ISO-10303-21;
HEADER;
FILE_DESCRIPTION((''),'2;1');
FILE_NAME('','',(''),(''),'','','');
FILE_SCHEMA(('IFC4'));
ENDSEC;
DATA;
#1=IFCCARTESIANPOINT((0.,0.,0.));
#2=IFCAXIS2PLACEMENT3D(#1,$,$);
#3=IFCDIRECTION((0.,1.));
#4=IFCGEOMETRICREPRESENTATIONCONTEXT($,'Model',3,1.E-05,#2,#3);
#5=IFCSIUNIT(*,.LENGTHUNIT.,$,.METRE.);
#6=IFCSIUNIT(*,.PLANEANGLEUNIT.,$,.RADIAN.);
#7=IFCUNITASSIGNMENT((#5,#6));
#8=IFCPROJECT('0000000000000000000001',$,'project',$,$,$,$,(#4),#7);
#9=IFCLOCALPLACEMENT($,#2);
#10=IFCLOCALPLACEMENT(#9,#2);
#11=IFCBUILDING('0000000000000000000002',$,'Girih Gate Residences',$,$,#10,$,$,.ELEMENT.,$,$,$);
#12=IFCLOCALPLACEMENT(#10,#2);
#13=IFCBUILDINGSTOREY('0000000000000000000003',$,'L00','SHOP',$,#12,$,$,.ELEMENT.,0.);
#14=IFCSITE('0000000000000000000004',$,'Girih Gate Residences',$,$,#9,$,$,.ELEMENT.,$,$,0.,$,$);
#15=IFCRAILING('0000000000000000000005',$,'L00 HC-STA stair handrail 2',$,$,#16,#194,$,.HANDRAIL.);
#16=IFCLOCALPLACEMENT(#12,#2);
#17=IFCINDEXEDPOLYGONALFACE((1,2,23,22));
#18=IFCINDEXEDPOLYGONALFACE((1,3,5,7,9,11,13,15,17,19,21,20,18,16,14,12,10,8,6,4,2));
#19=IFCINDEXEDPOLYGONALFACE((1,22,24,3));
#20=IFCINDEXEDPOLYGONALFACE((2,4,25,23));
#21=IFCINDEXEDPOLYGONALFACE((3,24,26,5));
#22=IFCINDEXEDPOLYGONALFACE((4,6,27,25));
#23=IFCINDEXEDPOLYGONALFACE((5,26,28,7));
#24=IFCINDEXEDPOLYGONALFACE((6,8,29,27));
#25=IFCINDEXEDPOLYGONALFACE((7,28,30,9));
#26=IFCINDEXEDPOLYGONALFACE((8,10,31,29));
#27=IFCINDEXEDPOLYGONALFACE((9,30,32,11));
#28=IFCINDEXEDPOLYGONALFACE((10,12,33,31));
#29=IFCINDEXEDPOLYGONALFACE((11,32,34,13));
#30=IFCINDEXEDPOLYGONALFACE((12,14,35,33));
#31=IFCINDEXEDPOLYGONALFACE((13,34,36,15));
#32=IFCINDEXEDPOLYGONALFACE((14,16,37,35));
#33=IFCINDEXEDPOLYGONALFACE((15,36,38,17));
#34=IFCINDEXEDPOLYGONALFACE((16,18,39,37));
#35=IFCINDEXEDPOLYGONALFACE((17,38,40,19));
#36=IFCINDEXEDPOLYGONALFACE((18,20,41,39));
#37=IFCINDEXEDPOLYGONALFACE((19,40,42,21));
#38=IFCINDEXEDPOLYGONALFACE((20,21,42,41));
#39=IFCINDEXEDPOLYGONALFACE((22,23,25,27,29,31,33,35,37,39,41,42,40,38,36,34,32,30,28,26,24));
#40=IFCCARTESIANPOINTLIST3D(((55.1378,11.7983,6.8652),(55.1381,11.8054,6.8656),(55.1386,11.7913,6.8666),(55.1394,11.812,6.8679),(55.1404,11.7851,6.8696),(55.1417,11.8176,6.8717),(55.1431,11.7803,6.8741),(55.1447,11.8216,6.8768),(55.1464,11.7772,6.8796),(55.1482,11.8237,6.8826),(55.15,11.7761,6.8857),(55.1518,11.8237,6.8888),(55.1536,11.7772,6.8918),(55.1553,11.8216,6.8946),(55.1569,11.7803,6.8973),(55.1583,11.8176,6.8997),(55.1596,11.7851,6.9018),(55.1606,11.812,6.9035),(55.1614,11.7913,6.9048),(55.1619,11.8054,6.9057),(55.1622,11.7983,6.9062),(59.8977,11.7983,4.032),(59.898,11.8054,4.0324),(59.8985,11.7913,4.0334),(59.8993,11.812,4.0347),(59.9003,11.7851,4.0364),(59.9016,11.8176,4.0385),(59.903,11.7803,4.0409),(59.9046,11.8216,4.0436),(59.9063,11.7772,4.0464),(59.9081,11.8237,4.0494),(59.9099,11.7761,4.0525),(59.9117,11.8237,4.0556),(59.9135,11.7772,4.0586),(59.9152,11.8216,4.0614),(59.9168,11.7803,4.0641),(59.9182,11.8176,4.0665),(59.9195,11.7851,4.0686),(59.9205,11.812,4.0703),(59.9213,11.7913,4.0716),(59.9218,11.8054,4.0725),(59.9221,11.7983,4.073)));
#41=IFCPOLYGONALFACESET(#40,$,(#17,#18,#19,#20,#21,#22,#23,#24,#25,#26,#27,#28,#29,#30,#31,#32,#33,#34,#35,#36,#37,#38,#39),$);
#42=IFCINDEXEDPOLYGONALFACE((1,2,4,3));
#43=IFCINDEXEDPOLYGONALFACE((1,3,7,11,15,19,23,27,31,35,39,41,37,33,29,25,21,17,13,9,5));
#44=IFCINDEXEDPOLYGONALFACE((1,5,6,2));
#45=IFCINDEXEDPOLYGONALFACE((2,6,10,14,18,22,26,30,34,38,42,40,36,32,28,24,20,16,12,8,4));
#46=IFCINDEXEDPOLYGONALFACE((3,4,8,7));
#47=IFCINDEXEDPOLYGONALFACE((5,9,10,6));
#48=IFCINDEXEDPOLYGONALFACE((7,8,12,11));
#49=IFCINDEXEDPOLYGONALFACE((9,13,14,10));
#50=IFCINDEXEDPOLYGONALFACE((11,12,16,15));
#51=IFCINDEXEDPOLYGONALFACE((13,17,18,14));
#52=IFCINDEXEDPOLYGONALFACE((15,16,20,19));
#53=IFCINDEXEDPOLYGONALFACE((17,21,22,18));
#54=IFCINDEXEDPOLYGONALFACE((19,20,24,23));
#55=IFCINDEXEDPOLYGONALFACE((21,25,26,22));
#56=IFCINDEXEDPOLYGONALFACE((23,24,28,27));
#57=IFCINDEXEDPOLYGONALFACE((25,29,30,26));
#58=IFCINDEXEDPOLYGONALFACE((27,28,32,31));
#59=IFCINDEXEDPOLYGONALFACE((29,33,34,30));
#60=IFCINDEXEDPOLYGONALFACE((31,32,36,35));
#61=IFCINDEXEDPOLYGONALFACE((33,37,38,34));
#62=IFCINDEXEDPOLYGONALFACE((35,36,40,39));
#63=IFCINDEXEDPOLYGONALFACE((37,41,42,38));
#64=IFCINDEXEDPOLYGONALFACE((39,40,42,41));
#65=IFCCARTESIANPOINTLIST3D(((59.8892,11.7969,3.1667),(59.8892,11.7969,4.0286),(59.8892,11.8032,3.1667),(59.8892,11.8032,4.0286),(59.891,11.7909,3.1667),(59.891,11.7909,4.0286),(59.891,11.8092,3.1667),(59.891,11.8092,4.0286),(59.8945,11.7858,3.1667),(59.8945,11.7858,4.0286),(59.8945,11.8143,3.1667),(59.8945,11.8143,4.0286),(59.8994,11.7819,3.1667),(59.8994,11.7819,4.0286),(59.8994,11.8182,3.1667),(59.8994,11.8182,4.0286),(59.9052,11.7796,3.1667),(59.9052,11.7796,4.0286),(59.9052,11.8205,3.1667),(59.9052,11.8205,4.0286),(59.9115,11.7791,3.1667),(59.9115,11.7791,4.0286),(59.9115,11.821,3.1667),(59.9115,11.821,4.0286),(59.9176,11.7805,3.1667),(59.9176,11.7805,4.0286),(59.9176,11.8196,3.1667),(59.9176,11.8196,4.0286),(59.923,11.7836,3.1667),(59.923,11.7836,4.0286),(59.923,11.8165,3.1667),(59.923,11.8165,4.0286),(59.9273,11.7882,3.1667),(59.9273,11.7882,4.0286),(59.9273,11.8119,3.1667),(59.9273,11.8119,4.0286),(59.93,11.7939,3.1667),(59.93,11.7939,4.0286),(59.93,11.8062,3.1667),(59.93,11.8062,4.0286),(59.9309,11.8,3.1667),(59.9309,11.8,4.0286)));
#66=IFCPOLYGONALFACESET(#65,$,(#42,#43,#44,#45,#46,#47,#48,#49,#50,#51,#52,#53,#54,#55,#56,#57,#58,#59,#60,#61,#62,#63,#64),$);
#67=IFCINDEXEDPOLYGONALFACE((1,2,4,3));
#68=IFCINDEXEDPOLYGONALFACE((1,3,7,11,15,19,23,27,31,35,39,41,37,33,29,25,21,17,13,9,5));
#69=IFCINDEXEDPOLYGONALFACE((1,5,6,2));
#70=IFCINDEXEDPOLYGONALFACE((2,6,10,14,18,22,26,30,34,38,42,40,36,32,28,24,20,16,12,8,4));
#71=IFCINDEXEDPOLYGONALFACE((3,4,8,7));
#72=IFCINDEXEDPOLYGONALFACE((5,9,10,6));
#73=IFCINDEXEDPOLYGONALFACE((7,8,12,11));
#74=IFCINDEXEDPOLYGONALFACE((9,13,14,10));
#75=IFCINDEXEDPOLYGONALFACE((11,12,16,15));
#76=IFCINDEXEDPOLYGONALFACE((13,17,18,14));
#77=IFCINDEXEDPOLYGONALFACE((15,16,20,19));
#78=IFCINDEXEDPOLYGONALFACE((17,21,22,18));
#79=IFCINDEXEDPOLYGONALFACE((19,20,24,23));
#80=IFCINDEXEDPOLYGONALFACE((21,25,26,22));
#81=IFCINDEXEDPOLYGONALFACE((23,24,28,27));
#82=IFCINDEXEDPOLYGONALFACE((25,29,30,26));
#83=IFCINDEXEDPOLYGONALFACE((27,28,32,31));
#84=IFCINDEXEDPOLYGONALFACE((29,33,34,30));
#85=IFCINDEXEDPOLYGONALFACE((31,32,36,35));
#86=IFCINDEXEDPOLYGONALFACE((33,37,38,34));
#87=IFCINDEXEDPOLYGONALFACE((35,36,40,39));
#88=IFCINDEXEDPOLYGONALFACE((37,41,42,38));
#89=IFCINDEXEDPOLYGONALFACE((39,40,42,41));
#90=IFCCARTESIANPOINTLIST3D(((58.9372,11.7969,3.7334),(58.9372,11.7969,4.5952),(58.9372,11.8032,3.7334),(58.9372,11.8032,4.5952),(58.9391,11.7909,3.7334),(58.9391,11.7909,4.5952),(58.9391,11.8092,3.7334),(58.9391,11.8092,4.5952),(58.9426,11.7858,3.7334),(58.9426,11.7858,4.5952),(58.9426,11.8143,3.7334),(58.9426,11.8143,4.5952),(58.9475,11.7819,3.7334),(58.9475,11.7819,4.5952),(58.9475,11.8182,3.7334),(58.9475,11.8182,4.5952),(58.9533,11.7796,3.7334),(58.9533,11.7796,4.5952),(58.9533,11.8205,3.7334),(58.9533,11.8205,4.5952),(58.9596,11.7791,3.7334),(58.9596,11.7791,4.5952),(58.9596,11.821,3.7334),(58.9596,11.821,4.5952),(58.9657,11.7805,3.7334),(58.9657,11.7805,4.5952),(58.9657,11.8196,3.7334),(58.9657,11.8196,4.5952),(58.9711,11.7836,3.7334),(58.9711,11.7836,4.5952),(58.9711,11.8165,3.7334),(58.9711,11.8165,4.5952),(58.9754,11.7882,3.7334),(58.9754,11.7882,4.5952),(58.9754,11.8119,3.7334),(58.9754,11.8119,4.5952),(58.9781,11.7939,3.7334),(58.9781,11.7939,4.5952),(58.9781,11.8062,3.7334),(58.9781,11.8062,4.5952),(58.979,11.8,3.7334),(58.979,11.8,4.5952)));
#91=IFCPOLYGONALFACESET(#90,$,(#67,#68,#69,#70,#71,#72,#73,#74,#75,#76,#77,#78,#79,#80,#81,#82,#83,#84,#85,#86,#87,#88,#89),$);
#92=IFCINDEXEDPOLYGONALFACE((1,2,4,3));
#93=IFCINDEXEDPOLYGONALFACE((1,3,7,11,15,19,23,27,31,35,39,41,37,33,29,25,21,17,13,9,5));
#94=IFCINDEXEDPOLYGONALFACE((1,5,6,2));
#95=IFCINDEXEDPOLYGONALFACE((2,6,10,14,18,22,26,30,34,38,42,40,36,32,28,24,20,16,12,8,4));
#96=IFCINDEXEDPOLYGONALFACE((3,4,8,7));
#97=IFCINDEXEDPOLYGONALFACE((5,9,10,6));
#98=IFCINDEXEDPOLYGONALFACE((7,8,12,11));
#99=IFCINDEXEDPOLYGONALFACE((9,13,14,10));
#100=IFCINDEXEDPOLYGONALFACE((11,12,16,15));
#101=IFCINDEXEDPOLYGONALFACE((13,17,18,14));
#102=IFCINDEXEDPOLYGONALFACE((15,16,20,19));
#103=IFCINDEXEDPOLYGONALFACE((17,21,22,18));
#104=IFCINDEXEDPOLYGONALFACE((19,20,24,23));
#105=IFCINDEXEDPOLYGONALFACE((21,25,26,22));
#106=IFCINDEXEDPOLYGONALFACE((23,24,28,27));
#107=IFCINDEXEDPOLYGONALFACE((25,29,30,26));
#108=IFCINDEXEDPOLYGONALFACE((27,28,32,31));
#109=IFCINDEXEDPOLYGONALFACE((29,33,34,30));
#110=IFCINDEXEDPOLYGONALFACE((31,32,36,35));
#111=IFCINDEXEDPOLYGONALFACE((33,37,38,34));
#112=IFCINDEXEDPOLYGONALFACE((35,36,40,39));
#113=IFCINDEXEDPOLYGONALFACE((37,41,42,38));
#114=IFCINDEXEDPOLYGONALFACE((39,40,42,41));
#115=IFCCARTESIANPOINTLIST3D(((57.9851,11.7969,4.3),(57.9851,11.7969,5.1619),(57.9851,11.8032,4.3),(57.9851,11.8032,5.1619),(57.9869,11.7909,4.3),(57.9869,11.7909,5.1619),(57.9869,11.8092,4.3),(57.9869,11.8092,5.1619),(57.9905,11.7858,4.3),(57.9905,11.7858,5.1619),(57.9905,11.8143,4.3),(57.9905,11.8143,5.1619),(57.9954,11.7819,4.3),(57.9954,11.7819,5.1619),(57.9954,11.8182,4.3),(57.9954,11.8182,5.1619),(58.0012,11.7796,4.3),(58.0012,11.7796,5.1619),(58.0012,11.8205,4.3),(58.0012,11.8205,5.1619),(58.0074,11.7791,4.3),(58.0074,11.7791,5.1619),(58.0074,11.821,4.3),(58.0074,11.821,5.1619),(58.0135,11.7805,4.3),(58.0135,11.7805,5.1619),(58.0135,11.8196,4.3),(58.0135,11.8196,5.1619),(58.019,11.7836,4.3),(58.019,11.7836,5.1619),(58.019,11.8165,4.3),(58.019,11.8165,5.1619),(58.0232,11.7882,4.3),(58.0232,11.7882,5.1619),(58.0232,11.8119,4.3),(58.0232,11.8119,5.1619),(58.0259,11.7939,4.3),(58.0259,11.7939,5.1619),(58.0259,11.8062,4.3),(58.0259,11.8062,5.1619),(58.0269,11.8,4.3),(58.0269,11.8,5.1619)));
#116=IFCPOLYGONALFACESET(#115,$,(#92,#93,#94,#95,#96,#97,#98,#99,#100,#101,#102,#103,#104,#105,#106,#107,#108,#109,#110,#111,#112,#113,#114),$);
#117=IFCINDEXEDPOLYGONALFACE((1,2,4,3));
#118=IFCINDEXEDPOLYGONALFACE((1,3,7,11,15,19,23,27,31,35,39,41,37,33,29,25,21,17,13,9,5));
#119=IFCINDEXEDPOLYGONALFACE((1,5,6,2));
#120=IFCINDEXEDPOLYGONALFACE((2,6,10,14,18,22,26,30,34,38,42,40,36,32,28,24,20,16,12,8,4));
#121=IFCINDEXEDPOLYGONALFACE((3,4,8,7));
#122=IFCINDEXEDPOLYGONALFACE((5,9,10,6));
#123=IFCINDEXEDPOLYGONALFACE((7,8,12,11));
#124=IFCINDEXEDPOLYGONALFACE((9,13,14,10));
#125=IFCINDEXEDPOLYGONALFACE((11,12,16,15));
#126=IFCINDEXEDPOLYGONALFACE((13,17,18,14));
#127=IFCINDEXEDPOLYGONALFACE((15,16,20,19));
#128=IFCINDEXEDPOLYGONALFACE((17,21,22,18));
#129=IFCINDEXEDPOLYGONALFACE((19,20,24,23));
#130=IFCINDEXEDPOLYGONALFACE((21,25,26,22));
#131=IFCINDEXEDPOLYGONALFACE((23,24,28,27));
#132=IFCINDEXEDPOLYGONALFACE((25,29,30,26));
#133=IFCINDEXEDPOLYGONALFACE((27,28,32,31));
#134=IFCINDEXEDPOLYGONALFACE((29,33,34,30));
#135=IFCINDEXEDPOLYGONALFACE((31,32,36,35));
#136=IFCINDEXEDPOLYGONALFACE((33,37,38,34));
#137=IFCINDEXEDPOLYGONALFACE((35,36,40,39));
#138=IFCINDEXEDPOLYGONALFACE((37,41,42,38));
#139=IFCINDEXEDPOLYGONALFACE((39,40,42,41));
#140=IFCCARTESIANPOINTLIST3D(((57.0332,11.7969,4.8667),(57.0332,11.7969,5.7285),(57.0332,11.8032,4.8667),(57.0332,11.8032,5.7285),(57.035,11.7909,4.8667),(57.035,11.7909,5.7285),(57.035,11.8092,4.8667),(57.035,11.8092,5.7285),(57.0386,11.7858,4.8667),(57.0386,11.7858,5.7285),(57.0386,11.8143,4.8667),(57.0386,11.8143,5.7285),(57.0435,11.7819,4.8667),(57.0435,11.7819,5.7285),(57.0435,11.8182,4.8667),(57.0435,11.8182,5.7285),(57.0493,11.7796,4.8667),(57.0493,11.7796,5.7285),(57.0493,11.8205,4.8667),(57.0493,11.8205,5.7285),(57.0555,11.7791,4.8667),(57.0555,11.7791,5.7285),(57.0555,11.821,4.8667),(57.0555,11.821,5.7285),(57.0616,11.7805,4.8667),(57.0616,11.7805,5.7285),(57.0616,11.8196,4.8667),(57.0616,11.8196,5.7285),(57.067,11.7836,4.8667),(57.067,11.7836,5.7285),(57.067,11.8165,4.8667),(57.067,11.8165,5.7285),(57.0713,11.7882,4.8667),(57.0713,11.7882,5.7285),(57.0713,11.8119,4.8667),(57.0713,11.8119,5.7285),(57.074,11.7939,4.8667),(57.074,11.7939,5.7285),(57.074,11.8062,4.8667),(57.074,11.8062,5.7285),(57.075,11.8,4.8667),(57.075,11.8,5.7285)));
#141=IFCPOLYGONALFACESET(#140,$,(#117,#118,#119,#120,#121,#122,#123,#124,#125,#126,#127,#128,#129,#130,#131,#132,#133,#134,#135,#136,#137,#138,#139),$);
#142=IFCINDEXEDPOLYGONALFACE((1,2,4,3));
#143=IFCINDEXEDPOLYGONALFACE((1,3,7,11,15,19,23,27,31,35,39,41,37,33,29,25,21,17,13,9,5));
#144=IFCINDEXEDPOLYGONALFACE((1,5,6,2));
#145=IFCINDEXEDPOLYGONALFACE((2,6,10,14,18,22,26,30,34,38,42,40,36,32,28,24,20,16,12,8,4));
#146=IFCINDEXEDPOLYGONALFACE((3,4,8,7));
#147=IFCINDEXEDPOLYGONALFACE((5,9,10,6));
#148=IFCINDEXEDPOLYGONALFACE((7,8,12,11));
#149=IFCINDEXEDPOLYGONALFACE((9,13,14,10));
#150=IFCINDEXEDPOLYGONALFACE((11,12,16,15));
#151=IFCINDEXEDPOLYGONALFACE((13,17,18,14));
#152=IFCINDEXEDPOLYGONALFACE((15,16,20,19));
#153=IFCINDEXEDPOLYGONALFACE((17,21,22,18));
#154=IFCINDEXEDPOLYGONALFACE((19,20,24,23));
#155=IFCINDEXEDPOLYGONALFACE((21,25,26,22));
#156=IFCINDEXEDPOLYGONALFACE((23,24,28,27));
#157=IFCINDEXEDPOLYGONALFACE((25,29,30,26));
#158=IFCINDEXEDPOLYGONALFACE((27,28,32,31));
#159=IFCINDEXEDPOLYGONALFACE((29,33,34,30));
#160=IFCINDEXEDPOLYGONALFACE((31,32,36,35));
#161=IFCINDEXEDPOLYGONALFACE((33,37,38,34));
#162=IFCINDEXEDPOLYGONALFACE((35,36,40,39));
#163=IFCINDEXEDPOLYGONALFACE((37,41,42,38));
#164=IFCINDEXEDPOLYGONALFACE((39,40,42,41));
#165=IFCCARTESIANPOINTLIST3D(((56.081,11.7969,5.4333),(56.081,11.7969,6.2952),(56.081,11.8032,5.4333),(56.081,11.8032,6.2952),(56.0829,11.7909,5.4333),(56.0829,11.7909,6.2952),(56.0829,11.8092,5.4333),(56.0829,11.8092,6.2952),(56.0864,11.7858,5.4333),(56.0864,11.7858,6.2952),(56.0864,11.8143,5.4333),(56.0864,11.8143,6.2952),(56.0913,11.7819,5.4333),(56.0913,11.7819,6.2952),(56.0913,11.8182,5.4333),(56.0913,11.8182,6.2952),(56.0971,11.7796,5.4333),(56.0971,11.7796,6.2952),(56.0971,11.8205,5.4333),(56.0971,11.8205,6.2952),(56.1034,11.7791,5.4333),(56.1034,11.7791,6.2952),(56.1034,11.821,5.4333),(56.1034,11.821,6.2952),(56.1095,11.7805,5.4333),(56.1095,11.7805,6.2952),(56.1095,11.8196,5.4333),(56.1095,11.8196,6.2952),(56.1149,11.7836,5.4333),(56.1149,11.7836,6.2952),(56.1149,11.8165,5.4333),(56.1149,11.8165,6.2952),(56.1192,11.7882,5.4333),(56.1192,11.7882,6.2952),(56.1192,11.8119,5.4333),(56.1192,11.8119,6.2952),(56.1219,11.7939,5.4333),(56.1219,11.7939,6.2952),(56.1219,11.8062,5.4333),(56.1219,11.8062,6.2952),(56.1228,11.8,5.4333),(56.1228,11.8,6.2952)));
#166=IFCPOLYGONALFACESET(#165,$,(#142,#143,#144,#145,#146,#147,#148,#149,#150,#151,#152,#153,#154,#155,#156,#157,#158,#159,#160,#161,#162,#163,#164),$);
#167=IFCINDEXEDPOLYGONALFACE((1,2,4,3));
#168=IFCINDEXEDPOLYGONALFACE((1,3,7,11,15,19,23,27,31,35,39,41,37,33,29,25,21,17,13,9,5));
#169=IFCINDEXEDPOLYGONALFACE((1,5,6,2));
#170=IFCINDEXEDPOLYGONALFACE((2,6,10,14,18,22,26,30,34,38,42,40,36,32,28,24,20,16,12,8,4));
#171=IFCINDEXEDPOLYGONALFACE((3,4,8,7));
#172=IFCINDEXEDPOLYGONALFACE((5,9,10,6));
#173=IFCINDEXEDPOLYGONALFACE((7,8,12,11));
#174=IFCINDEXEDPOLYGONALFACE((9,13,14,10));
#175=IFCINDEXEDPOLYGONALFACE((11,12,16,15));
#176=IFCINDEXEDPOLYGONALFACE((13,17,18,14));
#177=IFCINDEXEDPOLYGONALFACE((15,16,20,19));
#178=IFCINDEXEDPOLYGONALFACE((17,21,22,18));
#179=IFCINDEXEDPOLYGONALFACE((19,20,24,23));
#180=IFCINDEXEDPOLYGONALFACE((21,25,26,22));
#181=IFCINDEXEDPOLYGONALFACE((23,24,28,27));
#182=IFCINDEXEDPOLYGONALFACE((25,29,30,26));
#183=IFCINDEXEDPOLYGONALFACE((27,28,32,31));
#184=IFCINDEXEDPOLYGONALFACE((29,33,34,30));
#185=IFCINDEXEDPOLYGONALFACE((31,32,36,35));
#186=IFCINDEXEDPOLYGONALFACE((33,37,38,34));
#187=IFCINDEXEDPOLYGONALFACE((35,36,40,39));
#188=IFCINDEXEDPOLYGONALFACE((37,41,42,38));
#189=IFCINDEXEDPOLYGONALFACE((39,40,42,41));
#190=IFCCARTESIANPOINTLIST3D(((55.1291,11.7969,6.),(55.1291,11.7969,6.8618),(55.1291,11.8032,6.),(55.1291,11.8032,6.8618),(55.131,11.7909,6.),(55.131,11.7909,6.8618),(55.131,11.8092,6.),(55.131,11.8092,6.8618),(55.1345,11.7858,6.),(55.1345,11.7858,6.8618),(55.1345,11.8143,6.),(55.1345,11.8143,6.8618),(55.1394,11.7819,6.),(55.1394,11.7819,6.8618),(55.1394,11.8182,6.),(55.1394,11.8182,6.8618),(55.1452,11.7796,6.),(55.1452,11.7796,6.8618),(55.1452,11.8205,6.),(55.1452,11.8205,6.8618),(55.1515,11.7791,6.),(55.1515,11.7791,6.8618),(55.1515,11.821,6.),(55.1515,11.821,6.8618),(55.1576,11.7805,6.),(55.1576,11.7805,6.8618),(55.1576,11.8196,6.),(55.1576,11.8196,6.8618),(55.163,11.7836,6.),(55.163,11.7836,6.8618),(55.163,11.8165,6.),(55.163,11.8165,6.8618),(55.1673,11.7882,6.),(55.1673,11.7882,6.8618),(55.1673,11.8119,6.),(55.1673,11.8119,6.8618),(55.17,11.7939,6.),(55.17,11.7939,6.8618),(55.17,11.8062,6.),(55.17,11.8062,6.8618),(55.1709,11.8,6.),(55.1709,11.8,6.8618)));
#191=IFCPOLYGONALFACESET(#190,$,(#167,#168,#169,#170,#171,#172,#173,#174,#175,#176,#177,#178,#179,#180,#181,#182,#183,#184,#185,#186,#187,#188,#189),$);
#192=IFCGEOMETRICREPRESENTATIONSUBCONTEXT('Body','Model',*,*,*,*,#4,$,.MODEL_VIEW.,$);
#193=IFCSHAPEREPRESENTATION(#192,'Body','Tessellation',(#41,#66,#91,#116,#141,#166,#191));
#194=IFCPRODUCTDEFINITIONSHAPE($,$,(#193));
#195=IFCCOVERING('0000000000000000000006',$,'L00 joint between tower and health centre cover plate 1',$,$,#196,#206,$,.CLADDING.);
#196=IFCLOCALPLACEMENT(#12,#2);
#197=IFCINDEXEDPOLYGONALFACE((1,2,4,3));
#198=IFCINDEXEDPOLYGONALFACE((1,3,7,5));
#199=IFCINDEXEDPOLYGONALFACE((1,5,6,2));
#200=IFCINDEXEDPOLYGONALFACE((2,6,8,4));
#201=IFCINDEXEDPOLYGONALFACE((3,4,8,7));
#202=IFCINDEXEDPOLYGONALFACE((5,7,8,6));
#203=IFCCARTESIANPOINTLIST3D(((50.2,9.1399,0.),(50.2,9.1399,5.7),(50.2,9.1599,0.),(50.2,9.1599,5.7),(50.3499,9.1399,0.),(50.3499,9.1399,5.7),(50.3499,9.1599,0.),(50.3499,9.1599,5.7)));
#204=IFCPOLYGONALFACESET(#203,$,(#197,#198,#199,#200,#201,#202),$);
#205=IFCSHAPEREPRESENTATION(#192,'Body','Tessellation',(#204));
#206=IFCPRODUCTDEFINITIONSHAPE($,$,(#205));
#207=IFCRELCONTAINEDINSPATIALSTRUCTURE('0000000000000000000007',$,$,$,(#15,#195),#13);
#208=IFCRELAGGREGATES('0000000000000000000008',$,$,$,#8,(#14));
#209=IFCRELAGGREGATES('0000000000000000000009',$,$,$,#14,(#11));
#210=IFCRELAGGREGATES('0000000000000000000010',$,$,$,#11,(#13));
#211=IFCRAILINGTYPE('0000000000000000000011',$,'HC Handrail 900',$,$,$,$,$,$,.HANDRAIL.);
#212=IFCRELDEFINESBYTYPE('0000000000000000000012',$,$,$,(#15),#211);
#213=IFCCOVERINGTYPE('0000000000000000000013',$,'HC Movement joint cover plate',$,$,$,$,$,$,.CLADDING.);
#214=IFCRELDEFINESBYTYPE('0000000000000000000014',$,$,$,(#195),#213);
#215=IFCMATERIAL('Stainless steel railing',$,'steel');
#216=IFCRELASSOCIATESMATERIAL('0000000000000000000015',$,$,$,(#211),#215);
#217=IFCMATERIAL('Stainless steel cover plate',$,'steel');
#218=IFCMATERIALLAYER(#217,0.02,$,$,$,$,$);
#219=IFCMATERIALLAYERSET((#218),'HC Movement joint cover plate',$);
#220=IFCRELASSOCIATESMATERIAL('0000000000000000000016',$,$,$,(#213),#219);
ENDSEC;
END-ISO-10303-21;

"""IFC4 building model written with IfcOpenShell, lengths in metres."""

from ifc_helpers import new_model, si_unit, direction, frame, origin, origin_2d, place, context, subcontext, project, spatial, rectangle, circle, extrude, material, layer, layer_set, type_object, element, save


model = new_model("IFC4")

# Units and contexts
model_context = context("Model", 3, precision=1e-05, world=origin(), true_north=direction((0.0, 1.0)))
body_context = subcontext(model_context, "Body", "Model", "MODEL_VIEW")
ifc_project = project(units=[si_unit("LENGTHUNIT", "METRE"), si_unit("PLANEANGLEUNIT", "RADIAN")], contexts=[model_context])

# Site, building, storey
site_placement = place(None, origin())
site = spatial("IfcSite", under=ifc_project, at=site_placement, Name="Girih Gate Residences", CompositionType="ELEMENT", RefElevation=0.0)
building_placement = place(site_placement, origin())
building = spatial("IfcBuilding", under=site, at=building_placement, Name="Girih Gate Residences", CompositionType="ELEMENT")
storey_placement = place(building_placement, origin())
storey = spatial("IfcBuildingStorey", under=building, at=storey_placement, Name="L00", Description="SHOP", CompositionType="ELEMENT", Elevation=0.0)

# Railing
ifc_material_1 = material(Name="Stainless steel railing", Category="steel")
railing_type_1 = type_object("IfcRailingType", Name="HC Handrail 900", PredefinedType="HANDRAIL", material=ifc_material_1)
railing_1_placement = place(storey_placement, frame((59.9099, 11.8, 3.1667)))
element("IfcRailing", 1, at=railing_1_placement, inside=storey, type_object=railing_type_1, Name="L00 HC-STA stair handrail 2", PredefinedType="HANDRAIL", context=body_context, shape_type="SweptSolid", body=[
    extrude(circle(Radius=0.0239, at=origin_2d()), frame((0.0, 0.0, 0.8857), z_axis=(-0.8593, 0.0, 0.511472), x_axis=(0.0, -1.0, 0.0)), (0.0, 0.0, 1.0), 5.5393),
    extrude(circle(Radius=0.021, at=origin_2d()), origin(), (0.0, 0.0, 1.0), 0.8618),
    extrude(circle(Radius=0.021, at=origin_2d()), frame((-0.9519, 0.0, 0.5667)), (0.0, 0.0, 1.0), 0.8618),
    extrude(circle(Radius=0.021, at=origin_2d()), frame((-1.9041, 0.0, 1.1333)), (0.0, 0.0, 1.0), 0.8618),
    extrude(circle(Radius=0.021, at=origin_2d()), frame((-2.856, 0.0, 1.7)), (0.0, 0.0, 1.0), 0.8618),
    extrude(circle(Radius=0.021, at=origin_2d()), frame((-3.8081, 0.0, 2.2666)), (0.0, 0.0, 1.0), 0.8618),
    extrude(circle(Radius=0.021, at=origin_2d()), frame((-4.76, 0.0, 2.8333)), (0.0, 0.0, 1.0), 0.8618),
])

# Covering
ifc_material_2 = material(Name="Stainless steel cover plate", Category="steel")
ifc_layer_1 = layer(ifc_material_2, 0.02)
ifc_layer_set_1 = layer_set([ifc_layer_1], Name="HC Movement joint cover plate")
covering_type = type_object("IfcCoveringType", Name="HC Movement joint cover plate", PredefinedType="CLADDING", material=ifc_layer_set_1)
covering_placement = place(storey_placement, frame((50.2749, 9.1499, 0.0), z_axis=(0.0, 0.0, 1.0), x_axis=(1.0, 0.0, 0.0)))
element("IfcCovering", 2, at=covering_placement, inside=storey, type_object=covering_type, Name="L00 joint between tower and health centre cover plate 1", PredefinedType="CLADDING", context=body_context, shape_type="SweptSolid", body=[
    extrude(rectangle(XDim=0.1499, YDim=0.02, at=origin_2d()), origin(), (0.0, 0.0, 1.0), 5.7),
])

save(model, "model.ifc")
